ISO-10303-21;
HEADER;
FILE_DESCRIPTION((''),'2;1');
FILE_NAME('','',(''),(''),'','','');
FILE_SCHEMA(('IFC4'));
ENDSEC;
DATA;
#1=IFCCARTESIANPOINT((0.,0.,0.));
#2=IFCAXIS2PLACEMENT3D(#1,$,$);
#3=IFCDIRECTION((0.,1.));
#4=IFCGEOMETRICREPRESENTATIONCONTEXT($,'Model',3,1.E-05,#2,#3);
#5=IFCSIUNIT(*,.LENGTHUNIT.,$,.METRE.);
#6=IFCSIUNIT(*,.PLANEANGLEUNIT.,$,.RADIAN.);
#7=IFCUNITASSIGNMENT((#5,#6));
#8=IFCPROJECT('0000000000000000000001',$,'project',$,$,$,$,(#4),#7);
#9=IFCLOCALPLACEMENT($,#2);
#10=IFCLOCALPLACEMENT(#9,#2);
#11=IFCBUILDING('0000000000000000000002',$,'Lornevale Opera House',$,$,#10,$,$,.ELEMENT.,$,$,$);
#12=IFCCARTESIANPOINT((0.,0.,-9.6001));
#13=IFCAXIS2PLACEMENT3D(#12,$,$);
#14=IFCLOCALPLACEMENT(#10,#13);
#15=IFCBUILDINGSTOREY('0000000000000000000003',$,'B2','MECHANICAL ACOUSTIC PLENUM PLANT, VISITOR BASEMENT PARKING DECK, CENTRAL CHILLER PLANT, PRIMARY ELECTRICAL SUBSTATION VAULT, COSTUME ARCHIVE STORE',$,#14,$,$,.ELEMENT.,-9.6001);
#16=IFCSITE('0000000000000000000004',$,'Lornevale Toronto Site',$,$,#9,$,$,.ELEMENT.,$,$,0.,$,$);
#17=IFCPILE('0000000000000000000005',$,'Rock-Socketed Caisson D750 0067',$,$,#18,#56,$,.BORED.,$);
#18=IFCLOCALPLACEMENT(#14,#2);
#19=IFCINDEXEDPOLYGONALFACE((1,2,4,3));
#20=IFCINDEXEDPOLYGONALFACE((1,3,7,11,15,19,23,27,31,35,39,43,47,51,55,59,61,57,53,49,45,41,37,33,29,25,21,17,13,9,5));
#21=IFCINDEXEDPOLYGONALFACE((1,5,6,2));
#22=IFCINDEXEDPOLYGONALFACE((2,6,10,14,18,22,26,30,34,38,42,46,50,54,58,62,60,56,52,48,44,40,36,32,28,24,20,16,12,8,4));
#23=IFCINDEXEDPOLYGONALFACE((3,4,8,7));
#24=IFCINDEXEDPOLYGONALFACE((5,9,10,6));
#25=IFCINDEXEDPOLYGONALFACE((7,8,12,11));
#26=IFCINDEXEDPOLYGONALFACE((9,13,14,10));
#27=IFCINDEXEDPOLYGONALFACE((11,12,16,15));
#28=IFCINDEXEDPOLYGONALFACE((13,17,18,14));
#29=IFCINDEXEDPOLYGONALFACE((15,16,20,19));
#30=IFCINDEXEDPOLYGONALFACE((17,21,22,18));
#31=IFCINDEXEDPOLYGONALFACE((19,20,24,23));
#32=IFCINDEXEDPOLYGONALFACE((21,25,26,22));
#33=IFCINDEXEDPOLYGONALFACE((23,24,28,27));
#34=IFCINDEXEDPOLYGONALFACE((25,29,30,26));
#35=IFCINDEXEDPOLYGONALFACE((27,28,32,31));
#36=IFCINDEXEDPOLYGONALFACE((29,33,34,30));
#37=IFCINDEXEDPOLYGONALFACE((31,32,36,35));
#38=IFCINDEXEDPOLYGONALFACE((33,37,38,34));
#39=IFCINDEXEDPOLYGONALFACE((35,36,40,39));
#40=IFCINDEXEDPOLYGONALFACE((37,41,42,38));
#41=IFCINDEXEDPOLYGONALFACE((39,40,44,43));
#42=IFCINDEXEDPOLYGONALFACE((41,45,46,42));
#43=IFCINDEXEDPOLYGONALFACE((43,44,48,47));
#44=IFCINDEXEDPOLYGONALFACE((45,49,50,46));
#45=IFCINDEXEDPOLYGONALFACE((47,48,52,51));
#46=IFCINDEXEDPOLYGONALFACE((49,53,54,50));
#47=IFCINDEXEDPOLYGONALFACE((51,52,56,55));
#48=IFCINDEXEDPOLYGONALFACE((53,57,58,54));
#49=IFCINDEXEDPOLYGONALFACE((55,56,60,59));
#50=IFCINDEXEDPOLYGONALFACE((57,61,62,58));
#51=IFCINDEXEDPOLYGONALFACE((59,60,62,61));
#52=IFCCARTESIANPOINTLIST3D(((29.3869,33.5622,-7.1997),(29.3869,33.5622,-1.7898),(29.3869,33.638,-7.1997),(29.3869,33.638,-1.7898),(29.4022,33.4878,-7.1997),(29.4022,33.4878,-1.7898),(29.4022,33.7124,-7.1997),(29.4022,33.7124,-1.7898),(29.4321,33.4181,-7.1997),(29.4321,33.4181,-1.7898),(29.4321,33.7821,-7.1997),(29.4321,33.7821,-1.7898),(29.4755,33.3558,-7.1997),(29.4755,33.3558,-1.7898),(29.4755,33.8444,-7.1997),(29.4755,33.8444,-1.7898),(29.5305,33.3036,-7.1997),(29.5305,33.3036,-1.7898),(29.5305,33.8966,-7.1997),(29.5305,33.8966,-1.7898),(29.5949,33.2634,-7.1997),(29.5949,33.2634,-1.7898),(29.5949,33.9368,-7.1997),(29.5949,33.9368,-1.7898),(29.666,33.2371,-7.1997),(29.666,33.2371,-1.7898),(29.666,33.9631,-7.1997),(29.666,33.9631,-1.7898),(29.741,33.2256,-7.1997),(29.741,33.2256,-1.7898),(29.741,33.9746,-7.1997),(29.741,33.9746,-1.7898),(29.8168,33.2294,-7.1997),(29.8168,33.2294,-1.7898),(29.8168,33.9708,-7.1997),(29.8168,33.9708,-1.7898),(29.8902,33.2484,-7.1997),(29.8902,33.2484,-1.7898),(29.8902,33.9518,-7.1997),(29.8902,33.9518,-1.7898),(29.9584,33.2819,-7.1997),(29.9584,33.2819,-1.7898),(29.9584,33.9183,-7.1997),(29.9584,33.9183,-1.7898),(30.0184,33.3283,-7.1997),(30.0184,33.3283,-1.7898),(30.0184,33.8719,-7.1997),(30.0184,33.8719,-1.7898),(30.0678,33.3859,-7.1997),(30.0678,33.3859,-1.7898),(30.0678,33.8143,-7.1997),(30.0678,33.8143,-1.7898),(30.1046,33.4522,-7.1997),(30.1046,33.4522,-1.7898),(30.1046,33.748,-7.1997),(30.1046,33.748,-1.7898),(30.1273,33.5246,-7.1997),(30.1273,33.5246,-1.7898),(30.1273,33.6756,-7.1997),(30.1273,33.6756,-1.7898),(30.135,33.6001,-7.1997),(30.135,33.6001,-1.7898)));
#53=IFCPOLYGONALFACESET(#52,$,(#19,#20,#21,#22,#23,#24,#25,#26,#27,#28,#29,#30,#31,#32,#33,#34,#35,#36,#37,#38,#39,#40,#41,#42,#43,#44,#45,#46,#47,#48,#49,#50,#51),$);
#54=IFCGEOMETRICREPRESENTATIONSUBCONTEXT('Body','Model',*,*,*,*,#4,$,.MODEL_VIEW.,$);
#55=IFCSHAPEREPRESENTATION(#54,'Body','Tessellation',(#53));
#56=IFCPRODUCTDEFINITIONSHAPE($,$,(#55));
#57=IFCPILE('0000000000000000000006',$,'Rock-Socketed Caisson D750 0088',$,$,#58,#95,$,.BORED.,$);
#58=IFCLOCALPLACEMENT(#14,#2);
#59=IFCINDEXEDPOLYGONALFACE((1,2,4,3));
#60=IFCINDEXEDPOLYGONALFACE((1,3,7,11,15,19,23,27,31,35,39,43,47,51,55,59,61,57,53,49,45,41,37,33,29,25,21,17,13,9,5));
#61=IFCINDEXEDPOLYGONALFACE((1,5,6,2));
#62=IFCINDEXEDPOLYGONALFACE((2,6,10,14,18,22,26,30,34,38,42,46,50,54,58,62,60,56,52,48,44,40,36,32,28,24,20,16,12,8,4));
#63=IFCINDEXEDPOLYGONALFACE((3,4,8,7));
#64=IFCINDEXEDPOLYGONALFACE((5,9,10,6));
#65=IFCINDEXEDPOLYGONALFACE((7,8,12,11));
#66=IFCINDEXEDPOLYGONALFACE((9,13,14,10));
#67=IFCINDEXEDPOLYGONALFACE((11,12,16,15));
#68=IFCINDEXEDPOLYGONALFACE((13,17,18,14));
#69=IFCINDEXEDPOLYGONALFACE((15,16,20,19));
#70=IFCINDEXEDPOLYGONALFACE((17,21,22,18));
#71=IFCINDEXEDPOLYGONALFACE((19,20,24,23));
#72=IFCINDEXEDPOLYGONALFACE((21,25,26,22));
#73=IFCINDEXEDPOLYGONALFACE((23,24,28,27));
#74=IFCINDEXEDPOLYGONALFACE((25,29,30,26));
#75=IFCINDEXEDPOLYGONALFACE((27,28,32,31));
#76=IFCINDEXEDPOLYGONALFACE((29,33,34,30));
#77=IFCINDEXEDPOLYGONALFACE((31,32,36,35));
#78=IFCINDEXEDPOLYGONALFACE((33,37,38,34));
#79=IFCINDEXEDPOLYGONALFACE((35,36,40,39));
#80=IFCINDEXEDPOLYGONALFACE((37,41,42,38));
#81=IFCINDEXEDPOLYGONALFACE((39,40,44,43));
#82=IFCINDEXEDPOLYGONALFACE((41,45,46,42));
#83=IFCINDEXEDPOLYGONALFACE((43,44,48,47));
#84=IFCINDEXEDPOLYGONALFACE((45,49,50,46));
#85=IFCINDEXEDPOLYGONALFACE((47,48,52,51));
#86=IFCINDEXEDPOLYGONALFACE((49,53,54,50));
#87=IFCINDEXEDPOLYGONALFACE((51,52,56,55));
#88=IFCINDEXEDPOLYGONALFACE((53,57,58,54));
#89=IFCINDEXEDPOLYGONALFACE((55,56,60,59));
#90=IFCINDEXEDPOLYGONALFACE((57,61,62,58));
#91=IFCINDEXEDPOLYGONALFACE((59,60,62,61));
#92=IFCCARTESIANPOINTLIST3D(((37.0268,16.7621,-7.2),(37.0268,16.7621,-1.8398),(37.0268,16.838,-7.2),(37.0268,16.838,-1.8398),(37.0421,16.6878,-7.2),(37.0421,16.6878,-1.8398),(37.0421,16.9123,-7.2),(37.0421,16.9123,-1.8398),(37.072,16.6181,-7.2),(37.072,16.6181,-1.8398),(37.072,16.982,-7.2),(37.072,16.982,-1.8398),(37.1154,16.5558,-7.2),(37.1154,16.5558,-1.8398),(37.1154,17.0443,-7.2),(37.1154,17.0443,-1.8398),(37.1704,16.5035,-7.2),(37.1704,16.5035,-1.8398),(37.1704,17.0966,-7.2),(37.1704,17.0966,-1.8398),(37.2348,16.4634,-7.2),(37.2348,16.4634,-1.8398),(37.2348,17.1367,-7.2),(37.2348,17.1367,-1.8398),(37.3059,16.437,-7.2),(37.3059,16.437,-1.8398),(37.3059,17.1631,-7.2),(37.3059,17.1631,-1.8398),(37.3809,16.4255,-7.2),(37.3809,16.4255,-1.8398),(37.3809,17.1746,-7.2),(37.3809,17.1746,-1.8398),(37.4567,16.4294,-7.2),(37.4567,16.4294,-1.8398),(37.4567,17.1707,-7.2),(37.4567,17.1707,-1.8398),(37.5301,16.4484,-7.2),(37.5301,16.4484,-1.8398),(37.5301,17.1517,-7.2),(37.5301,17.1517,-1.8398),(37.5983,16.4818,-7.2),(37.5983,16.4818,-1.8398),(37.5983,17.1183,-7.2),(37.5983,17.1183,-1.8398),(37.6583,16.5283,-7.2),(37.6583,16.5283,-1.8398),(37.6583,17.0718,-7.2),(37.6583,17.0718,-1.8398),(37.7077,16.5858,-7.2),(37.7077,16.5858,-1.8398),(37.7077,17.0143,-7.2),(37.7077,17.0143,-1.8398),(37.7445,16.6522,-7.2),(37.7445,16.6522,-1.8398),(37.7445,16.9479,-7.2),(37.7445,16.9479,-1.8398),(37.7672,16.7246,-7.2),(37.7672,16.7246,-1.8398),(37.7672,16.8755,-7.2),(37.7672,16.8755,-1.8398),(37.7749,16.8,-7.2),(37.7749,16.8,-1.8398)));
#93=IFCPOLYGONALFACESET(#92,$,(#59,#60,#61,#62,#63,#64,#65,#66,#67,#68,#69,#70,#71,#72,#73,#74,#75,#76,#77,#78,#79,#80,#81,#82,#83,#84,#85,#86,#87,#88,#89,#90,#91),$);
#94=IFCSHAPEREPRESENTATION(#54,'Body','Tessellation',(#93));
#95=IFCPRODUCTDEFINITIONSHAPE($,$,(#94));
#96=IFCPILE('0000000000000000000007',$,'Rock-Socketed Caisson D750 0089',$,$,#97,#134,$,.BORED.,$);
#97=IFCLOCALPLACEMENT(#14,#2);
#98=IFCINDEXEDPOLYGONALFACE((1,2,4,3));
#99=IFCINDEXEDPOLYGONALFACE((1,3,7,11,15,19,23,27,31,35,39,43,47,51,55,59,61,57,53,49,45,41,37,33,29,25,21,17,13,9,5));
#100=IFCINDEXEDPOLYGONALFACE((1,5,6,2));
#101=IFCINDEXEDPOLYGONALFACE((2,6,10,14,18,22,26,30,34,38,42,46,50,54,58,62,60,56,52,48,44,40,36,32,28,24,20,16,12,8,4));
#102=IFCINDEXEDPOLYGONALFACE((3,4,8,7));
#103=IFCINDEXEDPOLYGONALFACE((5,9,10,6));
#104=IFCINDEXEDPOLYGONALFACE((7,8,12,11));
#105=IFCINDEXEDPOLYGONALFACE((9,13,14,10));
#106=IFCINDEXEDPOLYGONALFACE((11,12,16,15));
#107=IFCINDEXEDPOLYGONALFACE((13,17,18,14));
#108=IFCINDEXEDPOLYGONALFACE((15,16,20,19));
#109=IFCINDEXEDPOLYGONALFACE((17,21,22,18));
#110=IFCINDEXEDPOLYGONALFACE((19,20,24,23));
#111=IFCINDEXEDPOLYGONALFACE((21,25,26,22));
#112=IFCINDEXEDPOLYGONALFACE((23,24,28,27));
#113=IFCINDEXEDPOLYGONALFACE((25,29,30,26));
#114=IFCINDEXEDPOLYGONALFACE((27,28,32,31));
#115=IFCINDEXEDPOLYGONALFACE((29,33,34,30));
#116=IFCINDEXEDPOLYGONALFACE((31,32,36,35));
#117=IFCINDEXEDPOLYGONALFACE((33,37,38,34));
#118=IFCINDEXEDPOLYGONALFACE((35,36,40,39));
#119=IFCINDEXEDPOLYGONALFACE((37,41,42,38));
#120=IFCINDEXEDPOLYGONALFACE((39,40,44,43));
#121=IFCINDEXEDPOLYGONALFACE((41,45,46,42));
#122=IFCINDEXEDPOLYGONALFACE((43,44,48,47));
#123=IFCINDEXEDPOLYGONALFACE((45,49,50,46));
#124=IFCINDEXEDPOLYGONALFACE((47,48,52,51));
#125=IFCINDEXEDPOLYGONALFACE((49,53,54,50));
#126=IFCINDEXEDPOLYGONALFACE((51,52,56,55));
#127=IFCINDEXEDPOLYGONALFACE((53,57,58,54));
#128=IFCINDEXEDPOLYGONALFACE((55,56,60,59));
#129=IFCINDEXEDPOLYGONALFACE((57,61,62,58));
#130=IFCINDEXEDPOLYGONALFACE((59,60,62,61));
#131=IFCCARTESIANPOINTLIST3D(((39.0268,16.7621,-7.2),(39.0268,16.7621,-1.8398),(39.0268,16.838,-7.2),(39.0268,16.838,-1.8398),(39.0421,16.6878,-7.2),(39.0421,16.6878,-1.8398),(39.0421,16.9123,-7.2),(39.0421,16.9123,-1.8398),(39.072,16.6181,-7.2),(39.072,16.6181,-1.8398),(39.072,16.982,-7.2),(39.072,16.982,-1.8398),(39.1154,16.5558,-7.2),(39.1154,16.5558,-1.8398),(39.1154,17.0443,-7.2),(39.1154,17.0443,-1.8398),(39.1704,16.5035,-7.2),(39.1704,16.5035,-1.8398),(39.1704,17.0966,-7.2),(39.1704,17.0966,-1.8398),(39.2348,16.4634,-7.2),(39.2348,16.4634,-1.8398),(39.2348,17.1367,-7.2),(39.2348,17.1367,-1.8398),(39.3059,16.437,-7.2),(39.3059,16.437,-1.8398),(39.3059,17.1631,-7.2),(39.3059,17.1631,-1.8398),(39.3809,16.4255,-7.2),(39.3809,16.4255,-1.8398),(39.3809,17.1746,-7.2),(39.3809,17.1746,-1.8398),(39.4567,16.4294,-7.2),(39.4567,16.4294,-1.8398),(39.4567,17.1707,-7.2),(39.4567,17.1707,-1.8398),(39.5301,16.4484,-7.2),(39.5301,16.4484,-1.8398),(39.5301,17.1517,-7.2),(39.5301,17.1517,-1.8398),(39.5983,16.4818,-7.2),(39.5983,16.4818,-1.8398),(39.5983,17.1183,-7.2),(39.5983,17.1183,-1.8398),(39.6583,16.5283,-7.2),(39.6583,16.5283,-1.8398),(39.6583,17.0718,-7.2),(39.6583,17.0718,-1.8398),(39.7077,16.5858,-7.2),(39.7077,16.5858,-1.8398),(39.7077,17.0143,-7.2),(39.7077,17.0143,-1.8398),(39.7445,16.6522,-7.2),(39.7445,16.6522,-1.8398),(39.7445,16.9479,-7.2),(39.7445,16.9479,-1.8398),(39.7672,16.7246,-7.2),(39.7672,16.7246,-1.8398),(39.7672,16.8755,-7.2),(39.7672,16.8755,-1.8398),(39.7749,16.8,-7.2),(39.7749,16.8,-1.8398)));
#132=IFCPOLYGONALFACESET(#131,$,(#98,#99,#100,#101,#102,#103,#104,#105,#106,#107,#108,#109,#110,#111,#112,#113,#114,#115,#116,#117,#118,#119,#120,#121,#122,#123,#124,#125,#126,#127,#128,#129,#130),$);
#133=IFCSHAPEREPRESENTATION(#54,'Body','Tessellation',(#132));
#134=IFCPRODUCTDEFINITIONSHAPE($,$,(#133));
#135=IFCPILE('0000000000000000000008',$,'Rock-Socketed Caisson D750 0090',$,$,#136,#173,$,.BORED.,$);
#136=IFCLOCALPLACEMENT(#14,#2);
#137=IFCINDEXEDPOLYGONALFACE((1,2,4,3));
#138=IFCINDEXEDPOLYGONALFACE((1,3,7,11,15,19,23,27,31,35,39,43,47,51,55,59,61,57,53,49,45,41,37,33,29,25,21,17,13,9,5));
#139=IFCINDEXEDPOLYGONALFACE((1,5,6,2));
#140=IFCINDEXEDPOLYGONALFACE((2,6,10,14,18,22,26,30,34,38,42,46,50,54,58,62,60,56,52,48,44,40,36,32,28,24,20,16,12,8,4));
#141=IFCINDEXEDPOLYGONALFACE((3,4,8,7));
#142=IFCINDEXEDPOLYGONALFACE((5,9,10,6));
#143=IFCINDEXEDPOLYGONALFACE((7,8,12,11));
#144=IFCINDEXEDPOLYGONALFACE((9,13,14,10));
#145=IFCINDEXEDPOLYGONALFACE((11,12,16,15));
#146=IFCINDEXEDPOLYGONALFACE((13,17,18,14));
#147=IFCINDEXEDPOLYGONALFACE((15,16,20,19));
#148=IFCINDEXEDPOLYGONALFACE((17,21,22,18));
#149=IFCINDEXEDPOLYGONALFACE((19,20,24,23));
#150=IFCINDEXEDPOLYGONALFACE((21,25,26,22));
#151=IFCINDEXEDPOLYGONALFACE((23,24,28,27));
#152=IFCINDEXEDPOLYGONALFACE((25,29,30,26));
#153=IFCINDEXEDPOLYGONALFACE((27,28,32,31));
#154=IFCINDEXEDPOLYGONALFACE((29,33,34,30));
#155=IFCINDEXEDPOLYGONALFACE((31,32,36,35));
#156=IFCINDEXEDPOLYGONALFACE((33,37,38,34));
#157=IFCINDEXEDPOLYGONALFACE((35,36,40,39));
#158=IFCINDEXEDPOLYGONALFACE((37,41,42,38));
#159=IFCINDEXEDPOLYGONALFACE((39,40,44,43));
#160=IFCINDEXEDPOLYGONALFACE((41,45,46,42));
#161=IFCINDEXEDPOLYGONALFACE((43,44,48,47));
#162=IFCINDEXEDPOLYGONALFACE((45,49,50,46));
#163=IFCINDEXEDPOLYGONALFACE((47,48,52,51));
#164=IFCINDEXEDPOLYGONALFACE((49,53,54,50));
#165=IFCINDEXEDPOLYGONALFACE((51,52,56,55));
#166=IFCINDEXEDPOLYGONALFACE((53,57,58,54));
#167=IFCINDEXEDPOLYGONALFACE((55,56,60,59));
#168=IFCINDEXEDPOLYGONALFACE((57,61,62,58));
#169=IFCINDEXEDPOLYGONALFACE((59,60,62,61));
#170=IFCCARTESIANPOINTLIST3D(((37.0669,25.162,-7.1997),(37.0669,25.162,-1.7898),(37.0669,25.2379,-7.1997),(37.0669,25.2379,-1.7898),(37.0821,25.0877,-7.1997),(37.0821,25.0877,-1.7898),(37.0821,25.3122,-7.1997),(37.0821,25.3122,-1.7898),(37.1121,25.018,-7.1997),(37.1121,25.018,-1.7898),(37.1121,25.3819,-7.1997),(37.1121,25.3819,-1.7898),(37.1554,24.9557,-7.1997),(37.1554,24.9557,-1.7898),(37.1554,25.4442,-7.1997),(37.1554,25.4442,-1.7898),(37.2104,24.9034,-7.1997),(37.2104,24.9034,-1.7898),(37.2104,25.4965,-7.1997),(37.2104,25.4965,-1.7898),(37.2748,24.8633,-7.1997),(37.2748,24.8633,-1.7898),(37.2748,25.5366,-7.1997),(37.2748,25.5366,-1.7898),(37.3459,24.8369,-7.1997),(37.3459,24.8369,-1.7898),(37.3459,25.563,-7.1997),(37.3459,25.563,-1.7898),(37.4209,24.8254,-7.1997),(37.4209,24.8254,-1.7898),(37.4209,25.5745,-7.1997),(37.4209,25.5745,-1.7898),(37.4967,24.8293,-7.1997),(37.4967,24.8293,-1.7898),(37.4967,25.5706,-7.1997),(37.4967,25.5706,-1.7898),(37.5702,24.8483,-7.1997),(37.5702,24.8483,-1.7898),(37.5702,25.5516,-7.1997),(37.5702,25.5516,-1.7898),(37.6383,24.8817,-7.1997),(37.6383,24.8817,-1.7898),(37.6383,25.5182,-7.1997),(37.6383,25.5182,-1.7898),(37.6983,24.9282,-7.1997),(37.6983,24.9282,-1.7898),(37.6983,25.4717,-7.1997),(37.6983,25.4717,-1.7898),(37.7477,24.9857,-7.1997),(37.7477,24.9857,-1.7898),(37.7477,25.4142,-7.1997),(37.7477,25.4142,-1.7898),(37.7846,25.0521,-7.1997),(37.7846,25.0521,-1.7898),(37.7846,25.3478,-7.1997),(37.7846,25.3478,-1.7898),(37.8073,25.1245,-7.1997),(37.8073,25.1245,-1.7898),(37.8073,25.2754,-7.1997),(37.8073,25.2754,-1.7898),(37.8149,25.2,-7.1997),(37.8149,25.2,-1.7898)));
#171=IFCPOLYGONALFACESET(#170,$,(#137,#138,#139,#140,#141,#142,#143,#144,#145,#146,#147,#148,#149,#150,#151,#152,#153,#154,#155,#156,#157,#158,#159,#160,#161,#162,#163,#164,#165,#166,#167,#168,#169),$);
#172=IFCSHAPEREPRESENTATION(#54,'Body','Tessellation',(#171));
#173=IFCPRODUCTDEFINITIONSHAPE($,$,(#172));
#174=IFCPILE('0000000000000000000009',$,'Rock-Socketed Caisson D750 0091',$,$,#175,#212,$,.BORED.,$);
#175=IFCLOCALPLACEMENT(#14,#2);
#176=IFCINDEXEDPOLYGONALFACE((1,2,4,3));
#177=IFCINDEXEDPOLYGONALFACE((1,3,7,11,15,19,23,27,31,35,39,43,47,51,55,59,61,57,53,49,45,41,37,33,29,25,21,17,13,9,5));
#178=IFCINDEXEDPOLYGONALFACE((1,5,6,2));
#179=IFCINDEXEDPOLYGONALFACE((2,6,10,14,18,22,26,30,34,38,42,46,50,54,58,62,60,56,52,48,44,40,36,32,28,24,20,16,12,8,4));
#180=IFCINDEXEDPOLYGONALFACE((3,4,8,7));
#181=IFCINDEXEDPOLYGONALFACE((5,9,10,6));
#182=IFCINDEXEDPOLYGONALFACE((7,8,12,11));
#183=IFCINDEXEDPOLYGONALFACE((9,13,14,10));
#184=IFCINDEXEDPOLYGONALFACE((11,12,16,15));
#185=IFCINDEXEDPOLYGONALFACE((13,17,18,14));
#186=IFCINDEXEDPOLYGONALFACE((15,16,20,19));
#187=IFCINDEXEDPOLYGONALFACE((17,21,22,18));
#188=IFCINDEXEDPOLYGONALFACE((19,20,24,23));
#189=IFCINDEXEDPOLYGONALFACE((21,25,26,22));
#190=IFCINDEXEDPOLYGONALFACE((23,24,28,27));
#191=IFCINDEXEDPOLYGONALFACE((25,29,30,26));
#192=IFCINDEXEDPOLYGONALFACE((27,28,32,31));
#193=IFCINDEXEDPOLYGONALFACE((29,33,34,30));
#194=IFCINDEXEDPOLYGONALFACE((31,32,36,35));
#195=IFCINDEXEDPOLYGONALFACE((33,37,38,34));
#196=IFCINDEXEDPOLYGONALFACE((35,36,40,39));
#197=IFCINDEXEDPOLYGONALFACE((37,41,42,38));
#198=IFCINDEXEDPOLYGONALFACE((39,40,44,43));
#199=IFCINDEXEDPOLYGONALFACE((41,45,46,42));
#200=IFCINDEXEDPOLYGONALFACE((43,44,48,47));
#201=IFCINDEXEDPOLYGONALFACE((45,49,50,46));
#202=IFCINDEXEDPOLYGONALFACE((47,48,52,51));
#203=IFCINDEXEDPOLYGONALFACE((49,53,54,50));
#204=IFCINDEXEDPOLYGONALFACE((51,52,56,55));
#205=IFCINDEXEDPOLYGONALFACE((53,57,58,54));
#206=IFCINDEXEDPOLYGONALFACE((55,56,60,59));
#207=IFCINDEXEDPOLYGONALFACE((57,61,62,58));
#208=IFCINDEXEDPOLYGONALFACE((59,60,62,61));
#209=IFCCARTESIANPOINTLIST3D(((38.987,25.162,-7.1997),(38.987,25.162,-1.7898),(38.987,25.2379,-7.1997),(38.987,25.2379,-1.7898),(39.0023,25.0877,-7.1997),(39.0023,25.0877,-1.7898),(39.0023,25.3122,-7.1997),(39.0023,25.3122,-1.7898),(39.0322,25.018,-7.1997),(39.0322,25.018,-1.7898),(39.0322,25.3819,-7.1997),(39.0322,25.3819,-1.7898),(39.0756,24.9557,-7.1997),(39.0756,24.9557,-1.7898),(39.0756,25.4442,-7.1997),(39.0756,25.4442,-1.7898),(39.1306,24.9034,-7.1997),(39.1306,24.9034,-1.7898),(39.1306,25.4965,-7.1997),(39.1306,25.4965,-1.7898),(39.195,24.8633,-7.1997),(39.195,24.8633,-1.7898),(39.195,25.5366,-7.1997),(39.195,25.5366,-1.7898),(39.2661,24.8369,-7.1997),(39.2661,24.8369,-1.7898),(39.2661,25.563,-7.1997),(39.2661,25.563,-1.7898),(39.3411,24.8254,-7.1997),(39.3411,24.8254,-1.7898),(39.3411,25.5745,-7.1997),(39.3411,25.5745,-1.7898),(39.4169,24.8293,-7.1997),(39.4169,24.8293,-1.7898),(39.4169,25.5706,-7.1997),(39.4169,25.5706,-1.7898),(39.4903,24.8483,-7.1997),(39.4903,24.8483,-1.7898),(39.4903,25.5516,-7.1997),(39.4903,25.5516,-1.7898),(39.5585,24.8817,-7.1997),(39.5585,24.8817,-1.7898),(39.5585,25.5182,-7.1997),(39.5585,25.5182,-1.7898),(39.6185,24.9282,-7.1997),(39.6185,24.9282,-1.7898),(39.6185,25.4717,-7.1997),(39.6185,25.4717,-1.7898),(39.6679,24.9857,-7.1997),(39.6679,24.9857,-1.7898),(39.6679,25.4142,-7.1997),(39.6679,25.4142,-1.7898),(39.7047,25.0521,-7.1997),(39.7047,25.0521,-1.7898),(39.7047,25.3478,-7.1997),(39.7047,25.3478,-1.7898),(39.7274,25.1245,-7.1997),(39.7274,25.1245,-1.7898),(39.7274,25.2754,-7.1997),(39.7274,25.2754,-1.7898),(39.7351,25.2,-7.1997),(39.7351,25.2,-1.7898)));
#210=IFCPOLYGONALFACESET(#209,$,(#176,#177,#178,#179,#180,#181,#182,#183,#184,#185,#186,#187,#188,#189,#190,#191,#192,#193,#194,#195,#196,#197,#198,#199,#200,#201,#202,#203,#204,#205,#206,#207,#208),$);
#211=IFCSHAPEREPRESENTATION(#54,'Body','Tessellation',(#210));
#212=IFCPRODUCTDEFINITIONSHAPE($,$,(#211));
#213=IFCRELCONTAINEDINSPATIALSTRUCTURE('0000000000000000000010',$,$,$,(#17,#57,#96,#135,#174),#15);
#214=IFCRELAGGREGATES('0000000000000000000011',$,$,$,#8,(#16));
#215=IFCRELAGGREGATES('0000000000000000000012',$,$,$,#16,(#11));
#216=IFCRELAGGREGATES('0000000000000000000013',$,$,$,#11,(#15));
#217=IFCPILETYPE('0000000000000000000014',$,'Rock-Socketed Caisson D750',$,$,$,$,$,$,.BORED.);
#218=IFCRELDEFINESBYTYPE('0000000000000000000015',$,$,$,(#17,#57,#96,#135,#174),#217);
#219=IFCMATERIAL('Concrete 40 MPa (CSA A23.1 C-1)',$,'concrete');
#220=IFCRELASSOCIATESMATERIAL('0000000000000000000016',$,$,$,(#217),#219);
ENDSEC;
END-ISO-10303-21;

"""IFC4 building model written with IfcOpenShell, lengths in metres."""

from ifc_helpers import new_model, si_unit, direction, frame, origin, origin_2d, place, context, subcontext, project, spatial, circle, extrude, material, material_profile, profile_set, type_object, element, save


model = new_model("IFC4")

# Units and contexts
model_context = context("Model", 3, precision=1e-05, world=origin(), true_north=direction((0.0, 1.0)))
body_context = subcontext(model_context, "Body", "Model", "MODEL_VIEW")
ifc_project = project(units=[si_unit("LENGTHUNIT", "METRE"), si_unit("PLANEANGLEUNIT", "RADIAN")], contexts=[model_context])

# Site, building, storey
site_placement = place(None, origin())
site = spatial("IfcSite", under=ifc_project, at=site_placement, Name="Lornevale Toronto Site", CompositionType="ELEMENT", RefElevation=0.0)
building_placement = place(site_placement, origin())
building = spatial("IfcBuilding", under=site, at=building_placement, Name="Lornevale Opera House", CompositionType="ELEMENT")
storey_placement = place(building_placement, frame((0.0, 0.0, -9.6001)))
storey = spatial("IfcBuildingStorey", under=building, at=storey_placement, Name="B2", Description="MECHANICAL ACOUSTIC PLENUM PLANT, VISITOR BASEMENT PARKING DECK, CENTRAL CHILLER PLANT, PRIMARY ELECTRICAL SUBSTATION VAULT, COSTUME ARCHIVE STORE", CompositionType="ELEMENT", Elevation=-9.6001)

# Piles
ifc_material_1 = material(Name="Concrete 40 MPa (CSA A23.1 C-1)", Category="concrete")
ifc_material_profile_1 = material_profile(ifc_material_1, circle(Radius=0.375, at=origin_2d()), Name="CAIS750")
ifc_profile_set_1 = profile_set([ifc_material_profile_1], Name="Concrete 40 MPa (CSA A23.1 C-1)")
pile_type_1 = type_object("IfcPileType", Name="Rock-Socketed Caisson D750", PredefinedType="BORED", material=ifc_profile_set_1)
for number, where, z_axis, x_axis, name in (
    (1, (29.76, 33.6001, -1.7898), (0.0, 0.0, -1.0), (1.0, 0.0, 0.0), "Rock-Socketed Caisson D750 0067"),
):
    element("IfcPile", number, at=place(storey_placement, frame(where, z_axis=z_axis, x_axis=x_axis)), inside=storey, type_object=pile_type_1, Name=name, PredefinedType="BORED", context=body_context, shape_type="SweptSolid", body=[
        extrude(circle(Radius=0.375, at=origin_2d()), origin(), (0.0, 0.0, 1.0), 5.4099),
    ])
for number, where, z_axis, x_axis, name in (
    (2, (37.3999, 16.8, -1.8398), (0.0, 0.0, -1.0), (1.0, 0.0, 0.0), "Rock-Socketed Caisson D750 0088"),
    (3, (39.3999, 16.8, -1.8398), (0.0, 0.0, -1.0), (1.0, 0.0, 0.0), "Rock-Socketed Caisson D750 0089"),
):
    element("IfcPile", number, at=place(storey_placement, frame(where, z_axis=z_axis, x_axis=x_axis)), inside=storey, type_object=pile_type_1, Name=name, PredefinedType="BORED", context=body_context, shape_type="SweptSolid", body=[
        extrude(circle(Radius=0.375, at=origin_2d()), origin(), (0.0, 0.0, 1.0), 5.3601),
    ])
for number, where, z_axis, x_axis, name in (
    (4, (37.4399, 25.2, -1.7898), (0.0, 0.0, -1.0), (1.0, 0.0, 0.0), "Rock-Socketed Caisson D750 0090"),
    (5, (39.3601, 25.2, -1.7898), (0.0, 0.0, -1.0), (1.0, 0.0, 0.0), "Rock-Socketed Caisson D750 0091"),
):
    element("IfcPile", number, at=place(storey_placement, frame(where, z_axis=z_axis, x_axis=x_axis)), inside=storey, type_object=pile_type_1, Name=name, PredefinedType="BORED", context=body_context, shape_type="SweptSolid", body=[
        extrude(circle(Radius=0.375, at=origin_2d()), origin(), (0.0, 0.0, 1.0), 5.4099),
    ])

save(model, "model.ifc")
